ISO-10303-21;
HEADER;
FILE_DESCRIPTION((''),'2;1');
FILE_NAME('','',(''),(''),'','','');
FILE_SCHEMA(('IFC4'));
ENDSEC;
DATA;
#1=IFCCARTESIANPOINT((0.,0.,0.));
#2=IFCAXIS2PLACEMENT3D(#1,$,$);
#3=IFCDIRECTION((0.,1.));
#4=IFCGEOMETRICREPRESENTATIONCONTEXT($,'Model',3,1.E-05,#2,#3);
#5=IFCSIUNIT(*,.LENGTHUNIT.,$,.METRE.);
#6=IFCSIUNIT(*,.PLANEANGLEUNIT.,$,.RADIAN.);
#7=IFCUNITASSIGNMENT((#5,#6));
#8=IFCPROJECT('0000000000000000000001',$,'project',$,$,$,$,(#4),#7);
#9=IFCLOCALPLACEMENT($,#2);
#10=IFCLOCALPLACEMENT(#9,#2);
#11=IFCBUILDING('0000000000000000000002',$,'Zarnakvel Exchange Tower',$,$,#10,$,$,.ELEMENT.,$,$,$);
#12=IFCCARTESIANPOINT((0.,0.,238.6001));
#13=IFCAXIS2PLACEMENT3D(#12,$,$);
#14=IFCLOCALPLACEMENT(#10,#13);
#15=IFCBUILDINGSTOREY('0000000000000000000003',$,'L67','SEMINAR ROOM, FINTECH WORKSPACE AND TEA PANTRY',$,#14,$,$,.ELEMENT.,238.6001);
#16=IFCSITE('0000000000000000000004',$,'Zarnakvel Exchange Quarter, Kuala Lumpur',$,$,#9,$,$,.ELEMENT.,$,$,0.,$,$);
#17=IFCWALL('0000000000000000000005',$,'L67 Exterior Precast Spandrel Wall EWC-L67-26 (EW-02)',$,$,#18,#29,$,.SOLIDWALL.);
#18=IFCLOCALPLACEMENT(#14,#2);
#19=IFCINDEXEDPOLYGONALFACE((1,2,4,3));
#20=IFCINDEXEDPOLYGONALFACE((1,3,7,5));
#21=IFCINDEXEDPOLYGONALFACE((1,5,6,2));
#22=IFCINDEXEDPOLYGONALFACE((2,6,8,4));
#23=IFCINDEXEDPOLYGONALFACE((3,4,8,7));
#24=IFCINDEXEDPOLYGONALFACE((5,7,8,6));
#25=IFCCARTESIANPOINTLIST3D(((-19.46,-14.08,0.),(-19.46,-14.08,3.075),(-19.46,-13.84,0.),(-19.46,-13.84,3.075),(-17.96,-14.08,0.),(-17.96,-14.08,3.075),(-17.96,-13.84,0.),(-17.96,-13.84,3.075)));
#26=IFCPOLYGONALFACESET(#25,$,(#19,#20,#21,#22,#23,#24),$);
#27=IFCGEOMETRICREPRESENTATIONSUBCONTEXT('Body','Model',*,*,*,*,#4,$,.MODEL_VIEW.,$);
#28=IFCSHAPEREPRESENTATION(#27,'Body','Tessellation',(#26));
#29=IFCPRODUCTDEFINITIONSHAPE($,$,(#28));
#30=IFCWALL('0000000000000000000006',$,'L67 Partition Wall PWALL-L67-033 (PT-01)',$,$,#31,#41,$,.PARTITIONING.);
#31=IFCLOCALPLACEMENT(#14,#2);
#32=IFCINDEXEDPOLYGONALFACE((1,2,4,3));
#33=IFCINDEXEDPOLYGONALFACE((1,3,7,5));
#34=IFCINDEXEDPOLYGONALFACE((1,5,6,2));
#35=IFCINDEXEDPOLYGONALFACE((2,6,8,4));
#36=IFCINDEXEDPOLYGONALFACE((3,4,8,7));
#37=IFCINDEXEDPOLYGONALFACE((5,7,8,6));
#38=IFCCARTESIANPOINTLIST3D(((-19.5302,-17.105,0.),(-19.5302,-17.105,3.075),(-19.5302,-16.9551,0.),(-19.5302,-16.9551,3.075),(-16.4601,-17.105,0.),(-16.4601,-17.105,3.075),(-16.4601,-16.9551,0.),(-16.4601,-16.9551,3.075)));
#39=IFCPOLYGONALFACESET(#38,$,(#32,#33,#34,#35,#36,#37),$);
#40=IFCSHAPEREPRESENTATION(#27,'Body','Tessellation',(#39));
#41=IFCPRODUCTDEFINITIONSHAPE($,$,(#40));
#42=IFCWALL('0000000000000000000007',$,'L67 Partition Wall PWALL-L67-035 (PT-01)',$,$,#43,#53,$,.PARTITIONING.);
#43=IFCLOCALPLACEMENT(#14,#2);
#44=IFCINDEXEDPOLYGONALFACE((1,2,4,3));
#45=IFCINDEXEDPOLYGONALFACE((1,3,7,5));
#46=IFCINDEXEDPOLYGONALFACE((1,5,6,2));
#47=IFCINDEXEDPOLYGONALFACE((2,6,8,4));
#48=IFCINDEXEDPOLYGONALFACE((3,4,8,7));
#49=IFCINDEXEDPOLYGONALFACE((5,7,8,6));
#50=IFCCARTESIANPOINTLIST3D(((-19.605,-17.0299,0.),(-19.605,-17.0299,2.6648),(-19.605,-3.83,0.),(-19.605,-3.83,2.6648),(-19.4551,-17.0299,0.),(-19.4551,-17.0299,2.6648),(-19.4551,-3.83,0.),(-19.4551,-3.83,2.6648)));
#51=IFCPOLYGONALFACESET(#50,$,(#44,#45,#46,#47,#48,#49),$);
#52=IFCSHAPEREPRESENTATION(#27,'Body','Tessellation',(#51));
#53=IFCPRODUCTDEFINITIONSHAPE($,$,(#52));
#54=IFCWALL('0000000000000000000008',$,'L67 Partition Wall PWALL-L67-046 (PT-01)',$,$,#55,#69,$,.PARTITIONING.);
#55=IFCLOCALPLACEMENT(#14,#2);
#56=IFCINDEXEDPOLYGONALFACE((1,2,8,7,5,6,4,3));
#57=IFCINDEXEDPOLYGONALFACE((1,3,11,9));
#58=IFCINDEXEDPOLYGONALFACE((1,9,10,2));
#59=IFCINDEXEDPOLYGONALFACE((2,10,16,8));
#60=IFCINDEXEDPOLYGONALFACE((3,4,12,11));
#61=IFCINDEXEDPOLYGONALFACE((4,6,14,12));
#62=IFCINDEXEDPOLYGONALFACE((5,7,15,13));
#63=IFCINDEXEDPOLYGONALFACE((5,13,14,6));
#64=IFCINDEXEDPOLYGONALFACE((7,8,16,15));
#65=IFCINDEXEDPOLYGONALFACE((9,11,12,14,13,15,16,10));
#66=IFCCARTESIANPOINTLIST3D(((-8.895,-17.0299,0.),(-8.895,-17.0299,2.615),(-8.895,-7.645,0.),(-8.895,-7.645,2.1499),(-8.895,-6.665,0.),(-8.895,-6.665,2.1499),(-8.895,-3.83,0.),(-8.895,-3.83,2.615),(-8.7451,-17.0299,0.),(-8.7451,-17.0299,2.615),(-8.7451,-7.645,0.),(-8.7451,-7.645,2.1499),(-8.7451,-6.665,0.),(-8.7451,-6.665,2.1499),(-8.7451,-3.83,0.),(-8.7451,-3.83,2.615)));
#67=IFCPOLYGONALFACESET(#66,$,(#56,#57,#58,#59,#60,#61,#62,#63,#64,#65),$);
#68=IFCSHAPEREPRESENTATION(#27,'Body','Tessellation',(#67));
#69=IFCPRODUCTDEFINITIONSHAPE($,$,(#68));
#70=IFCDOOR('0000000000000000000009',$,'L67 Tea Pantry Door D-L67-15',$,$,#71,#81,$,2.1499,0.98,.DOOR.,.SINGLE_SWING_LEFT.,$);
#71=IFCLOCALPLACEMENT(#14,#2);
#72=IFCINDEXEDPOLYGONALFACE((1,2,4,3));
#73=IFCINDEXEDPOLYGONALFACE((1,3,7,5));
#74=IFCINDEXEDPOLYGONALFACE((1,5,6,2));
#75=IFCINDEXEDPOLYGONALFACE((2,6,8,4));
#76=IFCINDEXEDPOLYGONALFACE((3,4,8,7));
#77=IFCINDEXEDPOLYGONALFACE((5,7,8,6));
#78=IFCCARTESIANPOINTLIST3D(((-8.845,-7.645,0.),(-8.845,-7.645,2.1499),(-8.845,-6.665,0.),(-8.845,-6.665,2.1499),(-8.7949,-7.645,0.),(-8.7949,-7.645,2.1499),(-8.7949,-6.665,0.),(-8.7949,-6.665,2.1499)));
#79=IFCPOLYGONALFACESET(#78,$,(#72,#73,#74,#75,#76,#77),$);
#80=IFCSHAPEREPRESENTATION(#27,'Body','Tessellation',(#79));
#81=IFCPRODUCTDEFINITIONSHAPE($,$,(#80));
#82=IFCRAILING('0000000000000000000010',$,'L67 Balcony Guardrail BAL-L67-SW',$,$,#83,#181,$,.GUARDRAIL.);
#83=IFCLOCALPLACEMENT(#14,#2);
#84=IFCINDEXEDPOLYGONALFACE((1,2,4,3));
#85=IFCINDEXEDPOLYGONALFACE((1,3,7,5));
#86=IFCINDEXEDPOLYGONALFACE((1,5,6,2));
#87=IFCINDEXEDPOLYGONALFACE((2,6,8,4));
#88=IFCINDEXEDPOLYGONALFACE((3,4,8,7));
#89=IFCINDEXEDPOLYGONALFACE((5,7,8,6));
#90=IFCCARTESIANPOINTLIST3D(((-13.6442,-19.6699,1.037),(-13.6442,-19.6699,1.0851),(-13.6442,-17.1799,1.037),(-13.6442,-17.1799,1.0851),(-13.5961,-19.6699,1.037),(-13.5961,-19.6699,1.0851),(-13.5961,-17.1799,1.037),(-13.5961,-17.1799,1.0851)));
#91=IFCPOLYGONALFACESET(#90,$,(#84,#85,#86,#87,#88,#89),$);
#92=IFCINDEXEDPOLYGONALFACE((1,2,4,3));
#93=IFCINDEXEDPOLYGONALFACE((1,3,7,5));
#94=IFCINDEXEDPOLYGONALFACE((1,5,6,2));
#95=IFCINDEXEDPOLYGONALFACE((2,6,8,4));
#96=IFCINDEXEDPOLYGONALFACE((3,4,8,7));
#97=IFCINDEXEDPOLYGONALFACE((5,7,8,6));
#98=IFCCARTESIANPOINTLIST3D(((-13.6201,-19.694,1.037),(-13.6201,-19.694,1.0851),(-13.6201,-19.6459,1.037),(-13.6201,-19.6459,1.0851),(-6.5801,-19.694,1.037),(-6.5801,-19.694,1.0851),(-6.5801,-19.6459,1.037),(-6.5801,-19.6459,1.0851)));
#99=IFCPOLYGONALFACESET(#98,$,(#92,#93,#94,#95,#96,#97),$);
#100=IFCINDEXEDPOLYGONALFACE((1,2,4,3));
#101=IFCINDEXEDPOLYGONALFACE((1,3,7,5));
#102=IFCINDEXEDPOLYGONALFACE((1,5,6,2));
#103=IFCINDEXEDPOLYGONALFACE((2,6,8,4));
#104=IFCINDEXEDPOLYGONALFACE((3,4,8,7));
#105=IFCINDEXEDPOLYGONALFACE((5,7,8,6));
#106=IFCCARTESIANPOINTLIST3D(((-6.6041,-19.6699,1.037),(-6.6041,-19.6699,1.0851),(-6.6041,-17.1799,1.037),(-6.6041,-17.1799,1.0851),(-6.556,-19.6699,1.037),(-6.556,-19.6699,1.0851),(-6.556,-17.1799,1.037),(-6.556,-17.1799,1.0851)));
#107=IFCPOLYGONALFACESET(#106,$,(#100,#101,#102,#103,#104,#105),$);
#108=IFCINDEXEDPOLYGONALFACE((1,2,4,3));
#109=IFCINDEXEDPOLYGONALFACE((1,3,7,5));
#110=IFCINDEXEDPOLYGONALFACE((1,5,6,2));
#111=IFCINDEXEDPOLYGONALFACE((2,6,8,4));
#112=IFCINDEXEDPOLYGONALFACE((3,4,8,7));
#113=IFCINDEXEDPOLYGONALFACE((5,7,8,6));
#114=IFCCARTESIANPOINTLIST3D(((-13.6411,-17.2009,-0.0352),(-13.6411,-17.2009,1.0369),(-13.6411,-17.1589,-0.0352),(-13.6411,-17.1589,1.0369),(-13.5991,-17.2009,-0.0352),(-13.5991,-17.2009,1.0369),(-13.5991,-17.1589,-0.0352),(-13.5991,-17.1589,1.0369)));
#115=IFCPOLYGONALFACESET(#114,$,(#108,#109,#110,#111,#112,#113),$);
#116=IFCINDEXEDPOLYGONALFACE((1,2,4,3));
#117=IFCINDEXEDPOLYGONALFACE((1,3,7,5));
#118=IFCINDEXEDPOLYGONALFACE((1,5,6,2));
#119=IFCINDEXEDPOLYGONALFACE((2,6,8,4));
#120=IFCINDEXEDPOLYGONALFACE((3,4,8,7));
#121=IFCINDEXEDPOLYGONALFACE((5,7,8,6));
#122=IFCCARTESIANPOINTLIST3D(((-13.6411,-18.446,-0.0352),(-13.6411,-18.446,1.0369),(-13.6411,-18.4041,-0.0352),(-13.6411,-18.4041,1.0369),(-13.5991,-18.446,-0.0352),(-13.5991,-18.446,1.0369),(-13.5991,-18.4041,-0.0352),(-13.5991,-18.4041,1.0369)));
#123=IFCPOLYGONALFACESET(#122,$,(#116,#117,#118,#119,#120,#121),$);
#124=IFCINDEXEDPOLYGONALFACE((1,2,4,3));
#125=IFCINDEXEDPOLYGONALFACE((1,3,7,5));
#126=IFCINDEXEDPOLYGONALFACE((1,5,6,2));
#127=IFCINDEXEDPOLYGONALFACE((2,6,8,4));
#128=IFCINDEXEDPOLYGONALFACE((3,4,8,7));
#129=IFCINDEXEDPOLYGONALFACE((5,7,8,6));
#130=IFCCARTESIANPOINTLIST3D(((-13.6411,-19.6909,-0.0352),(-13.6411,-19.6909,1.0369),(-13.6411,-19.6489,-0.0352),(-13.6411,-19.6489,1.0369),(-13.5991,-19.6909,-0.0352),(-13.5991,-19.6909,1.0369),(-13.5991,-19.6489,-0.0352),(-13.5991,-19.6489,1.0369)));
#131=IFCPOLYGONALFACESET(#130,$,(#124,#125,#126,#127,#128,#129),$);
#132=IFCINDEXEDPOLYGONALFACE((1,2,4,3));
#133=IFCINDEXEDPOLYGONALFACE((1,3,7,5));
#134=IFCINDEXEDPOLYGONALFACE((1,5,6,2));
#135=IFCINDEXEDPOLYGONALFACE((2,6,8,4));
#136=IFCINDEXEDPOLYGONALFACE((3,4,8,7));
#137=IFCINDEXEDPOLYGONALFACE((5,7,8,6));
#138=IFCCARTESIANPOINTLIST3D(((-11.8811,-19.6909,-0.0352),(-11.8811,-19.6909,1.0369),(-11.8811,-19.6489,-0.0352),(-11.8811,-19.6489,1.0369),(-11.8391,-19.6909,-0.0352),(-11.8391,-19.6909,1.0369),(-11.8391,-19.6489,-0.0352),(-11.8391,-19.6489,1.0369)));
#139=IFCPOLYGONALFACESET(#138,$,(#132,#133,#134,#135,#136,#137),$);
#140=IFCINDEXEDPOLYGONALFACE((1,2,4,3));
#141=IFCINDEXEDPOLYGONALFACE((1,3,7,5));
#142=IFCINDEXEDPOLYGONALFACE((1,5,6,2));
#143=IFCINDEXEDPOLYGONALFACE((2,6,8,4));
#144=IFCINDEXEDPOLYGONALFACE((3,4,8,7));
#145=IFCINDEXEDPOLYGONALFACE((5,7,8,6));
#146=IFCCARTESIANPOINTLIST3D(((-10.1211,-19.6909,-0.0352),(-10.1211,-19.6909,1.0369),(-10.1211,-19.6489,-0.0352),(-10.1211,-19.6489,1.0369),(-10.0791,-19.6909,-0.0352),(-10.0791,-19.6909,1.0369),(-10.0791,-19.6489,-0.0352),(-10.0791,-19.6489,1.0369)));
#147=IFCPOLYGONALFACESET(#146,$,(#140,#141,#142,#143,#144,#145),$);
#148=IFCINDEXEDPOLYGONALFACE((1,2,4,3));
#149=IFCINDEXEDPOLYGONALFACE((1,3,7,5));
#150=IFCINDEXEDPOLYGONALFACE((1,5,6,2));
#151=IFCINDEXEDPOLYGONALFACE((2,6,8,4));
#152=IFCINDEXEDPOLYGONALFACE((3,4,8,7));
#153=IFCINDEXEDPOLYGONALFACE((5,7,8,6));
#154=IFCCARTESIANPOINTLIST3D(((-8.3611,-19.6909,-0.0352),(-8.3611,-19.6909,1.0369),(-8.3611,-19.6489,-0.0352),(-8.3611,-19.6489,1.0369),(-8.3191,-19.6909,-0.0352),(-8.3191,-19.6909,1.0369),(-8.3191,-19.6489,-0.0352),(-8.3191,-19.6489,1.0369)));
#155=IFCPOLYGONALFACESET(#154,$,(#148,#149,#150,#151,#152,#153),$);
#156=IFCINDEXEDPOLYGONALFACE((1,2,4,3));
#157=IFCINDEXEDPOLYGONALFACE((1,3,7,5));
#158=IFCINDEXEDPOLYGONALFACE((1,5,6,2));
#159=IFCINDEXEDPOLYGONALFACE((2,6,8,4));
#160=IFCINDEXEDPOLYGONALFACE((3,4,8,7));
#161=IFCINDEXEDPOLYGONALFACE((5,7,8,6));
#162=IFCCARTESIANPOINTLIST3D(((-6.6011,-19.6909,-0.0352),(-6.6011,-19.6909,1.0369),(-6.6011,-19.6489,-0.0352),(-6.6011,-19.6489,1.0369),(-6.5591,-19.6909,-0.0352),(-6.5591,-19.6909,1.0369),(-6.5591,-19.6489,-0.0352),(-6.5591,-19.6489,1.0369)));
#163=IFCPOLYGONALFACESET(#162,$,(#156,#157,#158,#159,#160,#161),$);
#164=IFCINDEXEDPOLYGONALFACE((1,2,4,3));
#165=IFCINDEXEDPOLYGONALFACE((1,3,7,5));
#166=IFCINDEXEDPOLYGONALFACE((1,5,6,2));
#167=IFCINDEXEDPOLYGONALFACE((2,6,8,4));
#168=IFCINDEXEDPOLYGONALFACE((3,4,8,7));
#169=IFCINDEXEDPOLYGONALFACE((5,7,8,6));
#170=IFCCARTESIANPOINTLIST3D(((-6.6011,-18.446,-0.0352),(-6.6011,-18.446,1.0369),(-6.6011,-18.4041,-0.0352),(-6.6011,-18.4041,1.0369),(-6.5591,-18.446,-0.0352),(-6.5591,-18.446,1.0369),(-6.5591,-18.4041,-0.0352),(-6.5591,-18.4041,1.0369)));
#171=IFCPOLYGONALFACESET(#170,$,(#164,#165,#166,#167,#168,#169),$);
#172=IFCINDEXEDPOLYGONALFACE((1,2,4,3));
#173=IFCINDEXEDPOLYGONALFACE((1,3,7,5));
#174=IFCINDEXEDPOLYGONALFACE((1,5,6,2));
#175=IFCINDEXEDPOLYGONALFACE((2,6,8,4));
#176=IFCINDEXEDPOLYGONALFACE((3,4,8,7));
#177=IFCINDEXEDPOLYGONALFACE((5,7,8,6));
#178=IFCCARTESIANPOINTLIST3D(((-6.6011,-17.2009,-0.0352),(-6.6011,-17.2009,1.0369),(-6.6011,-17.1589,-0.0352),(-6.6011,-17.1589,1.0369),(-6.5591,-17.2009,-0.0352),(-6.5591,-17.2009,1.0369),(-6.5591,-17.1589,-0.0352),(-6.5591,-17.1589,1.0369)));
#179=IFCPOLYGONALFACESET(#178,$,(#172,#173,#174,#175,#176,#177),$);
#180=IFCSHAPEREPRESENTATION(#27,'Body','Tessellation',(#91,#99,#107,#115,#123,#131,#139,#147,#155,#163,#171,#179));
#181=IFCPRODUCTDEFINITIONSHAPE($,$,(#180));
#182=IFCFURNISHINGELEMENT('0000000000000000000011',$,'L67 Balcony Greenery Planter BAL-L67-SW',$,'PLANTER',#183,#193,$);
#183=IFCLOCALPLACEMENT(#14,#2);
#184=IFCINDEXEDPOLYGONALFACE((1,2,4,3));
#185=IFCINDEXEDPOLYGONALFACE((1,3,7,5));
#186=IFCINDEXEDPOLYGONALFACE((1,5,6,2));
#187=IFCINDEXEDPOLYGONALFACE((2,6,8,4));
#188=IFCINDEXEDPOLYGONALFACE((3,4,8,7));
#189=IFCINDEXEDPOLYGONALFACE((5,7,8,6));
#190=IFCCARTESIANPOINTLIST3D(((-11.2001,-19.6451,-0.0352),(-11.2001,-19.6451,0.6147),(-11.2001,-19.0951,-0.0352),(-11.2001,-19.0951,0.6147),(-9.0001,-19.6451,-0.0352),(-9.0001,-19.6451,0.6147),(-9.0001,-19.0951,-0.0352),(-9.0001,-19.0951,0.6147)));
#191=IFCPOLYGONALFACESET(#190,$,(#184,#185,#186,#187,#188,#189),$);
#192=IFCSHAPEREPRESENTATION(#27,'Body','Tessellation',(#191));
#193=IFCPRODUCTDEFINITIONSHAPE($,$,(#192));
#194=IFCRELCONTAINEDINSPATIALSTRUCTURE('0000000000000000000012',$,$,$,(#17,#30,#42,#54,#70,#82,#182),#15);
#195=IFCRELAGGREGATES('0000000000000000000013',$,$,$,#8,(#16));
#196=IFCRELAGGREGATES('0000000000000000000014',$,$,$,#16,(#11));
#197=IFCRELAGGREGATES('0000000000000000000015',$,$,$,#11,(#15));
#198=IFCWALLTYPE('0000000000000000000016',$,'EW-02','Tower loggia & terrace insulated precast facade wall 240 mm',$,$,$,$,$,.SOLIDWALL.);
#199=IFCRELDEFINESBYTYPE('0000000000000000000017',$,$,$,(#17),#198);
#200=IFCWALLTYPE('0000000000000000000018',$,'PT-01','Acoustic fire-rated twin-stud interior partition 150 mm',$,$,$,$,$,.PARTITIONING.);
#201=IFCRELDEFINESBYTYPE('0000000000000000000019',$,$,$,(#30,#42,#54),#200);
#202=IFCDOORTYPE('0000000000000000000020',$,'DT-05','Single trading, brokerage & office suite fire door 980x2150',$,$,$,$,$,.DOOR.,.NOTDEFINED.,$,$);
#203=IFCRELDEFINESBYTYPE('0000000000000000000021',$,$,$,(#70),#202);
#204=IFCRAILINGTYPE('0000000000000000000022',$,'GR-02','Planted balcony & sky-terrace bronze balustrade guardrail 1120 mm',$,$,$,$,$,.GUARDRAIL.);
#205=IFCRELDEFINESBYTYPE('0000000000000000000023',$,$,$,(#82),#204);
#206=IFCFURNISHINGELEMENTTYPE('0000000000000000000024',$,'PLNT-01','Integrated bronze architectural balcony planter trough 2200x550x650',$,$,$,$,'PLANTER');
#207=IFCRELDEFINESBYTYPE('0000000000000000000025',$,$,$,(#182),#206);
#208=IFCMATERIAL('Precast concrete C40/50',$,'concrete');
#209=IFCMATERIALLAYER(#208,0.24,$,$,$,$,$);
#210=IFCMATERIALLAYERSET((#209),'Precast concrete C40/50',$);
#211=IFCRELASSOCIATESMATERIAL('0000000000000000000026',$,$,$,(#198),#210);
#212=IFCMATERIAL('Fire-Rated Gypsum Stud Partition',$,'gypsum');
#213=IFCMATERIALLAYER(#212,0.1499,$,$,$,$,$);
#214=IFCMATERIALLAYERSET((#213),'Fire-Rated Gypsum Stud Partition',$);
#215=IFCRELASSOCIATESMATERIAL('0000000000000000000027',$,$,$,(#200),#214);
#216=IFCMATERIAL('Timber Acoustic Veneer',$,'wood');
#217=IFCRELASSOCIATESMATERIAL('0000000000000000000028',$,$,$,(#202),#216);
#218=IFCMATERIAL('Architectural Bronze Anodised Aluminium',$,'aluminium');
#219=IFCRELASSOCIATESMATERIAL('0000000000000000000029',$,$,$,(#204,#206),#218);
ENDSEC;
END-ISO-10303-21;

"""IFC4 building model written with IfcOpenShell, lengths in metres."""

from ifc_helpers import new_model, si_unit, direction, frame, frame_2d, origin, origin_2d, place, context, subcontext, project, spatial, rectangle, extrude, source, transform, mapped, material, layer, layer_set, type_object, element, fill, save


model = new_model("IFC4")

# Units and contexts
model_context = context("Model", 3, precision=1e-05, world=origin(), true_north=direction((0.0, 1.0)))
body_context = subcontext(model_context, "Body", "Model", "MODEL_VIEW")
ifc_project = project(units=[si_unit("LENGTHUNIT", "METRE"), si_unit("PLANEANGLEUNIT", "RADIAN")], contexts=[model_context])

# Site, building, storey
site_placement = place(None, origin())
site = spatial("IfcSite", under=ifc_project, at=site_placement, Name="Zarnakvel Exchange Quarter, Kuala Lumpur", CompositionType="ELEMENT", RefElevation=0.0)
building_placement = place(site_placement, origin())
building = spatial("IfcBuilding", under=site, at=building_placement, Name="Zarnakvel Exchange Tower", CompositionType="ELEMENT")
storey_placement = place(building_placement, frame((0.0, 0.0, 238.6001)))
storey = spatial("IfcBuildingStorey", under=building, at=storey_placement, Name="L67", Description="SEMINAR ROOM, FINTECH WORKSPACE AND TEA PANTRY", CompositionType="ELEMENT", Elevation=238.6001)

# Shared definitions
ifc_material_1 = material(Name="Architectural Bronze Anodised Aluminium", Category="aluminium")

# Walls
ifc_material_2 = material(Name="Precast concrete C40/50", Category="concrete")
ifc_layer_1 = layer(ifc_material_2, 0.24)
ifc_layer_set_1 = layer_set([ifc_layer_1], Name="Precast concrete C40/50")
wall_type_1 = type_object("IfcWallType", Name="EW-02", Description="Tower loggia & terrace insulated precast facade wall 240 mm", PredefinedType="SOLIDWALL", material=ifc_layer_set_1)
for number, where, z_axis, x_axis, name in (
    (1, (-19.46, -13.96, 0.0), (0.0, 0.0, 1.0), (1.0, 0.0, 0.0), "L67 Exterior Precast Spandrel Wall EWC-L67-26 (EW-02)"),
):
    element("IfcWall", number, at=place(storey_placement, frame(where, z_axis=z_axis, x_axis=x_axis)), inside=storey, type_object=wall_type_1, Name=name, PredefinedType="SOLIDWALL", context=body_context, shape_type="SweptSolid", body=[
        extrude(rectangle(XDim=1.5, YDim=0.24, at=frame_2d((0.75, 0.0))), origin(), (0.0, 0.0, 1.0), 3.075),
    ])
ifc_material_3 = material(Name="Fire-Rated Gypsum Stud Partition", Category="gypsum")
ifc_layer_2 = layer(ifc_material_3, 0.1499)
ifc_layer_set_2 = layer_set([ifc_layer_2], Name="Fire-Rated Gypsum Stud Partition")
wall_type_2 = type_object("IfcWallType", Name="PT-01", Description="Acoustic fire-rated twin-stud interior partition 150 mm", PredefinedType="PARTITIONING", material=ifc_layer_set_2)
wall_1_placement = place(storey_placement, frame((-16.46, -17.03, 0.0), z_axis=(0.0, 0.0, 1.0), x_axis=(-1.0, 0.0, 0.0)))
element("IfcWall", 2, at=wall_1_placement, inside=storey, type_object=wall_type_2, Name="L67 Partition Wall PWALL-L67-033 (PT-01)", PredefinedType="PARTITIONING", context=body_context, shape_type="SweptSolid", body=[
    extrude(rectangle(XDim=3.0701, YDim=0.1499, at=frame_2d((1.5352, 0.0))), origin(), (0.0, 0.0, 1.0), 3.075),
])
wall_2_placement = place(storey_placement, frame((-19.53, -17.03, 0.0), z_axis=(0.0, 0.0, 1.0), x_axis=(0.0, 1.0, 0.0)))
element("IfcWall", 3, at=wall_2_placement, inside=storey, type_object=wall_type_2, Name="L67 Partition Wall PWALL-L67-035 (PT-01)", PredefinedType="PARTITIONING", context=body_context, shape_type="SweptSolid", body=[
    extrude(rectangle(XDim=13.2, YDim=0.1499, at=frame_2d((6.6001, 0.0))), origin(), (0.0, 0.0, 1.0), 2.6648),
])

# Wall, opening, door
wall_3_placement = place(storey_placement, frame((-8.8201, -17.03, 0.0), z_axis=(0.0, 0.0, 1.0), x_axis=(0.0, 1.0, 0.0)))
wall_3 = element("IfcWall", 4, at=wall_3_placement, inside=storey, type_object=wall_type_2, Name="L67 Partition Wall PWALL-L67-046 (PT-01)", PredefinedType="PARTITIONING", context=body_context, shape_type="SweptSolid", body=[
    extrude(rectangle(XDim=13.2, YDim=0.1499, at=frame_2d((6.6001, 0.0))), origin(), (0.0, 0.0, 1.0), 2.615),
])
opening_placement = place(wall_3_placement, frame((9.385, 0.0, 0.0)))
opening = element("IfcOpeningElement", 5, at=opening_placement, cuts=wall_3, PredefinedType="OPENING", context=body_context, shape_type="SweptSolid", body=[
    extrude(rectangle(XDim=0.98, YDim=2.1499, at=frame_2d((0.49, 1.075))), frame((0.0, 0.085, 0.0), z_axis=(0.0, -1.0, 0.0), x_axis=(1.0, 0.0, 0.0)), (0.0, 0.0, 1.0), 0.1699),
])
ifc_material_4 = material(Name="Timber Acoustic Veneer", Category="wood")
door_type = type_object("IfcDoorType", Name="DT-05", Description="Single trading, brokerage & office suite fire door 980x2150", OperationType="NOTDEFINED", PredefinedType="DOOR", material=ifc_material_4)
shared_shape_1 = source(origin(), body_context, "Body", "SweptSolid", [
    extrude(rectangle(XDim=0.98, YDim=2.1499, at=frame_2d((0.49, 1.075))), frame((0.0, 0.0249, 0.0), z_axis=(0.0, -1.0, 0.0), x_axis=(1.0, 0.0, 0.0)), (0.0, 0.0, 1.0), 0.05),
])
door_placement = place(opening_placement, origin())
door = element("IfcDoor", 6, at=door_placement, inside=storey, type_object=door_type, Name="L67 Tea Pantry Door D-L67-15", OperationType="SINGLE_SWING_LEFT", OverallHeight=2.1499, OverallWidth=0.98, PredefinedType="DOOR", context=body_context, shape_type="MappedRepresentation", body=[
    mapped(shared_shape_1, transform((0.0, 0.0, 0.0), x_axis=(1.0, 0.0, 0.0), y_axis=(0.0, 1.0, 0.0), z_axis=(0.0, 0.0, 1.0), scale=1.0)),
])
fill(opening, door)

# Railing
railing_type = type_object("IfcRailingType", Name="GR-02", Description="Planted balcony & sky-terrace bronze balustrade guardrail 1120 mm", PredefinedType="GUARDRAIL", material=ifc_material_1)
railing_placement = place(storey_placement, frame((-13.6201, -17.1799, -0.0352)))
element("IfcRailing", 7, at=railing_placement, inside=storey, type_object=railing_type, Name="L67 Balcony Guardrail BAL-L67-SW", PredefinedType="GUARDRAIL", context=body_context, shape_type="SweptSolid", body=[
    extrude(rectangle(XDim=0.0481, YDim=0.0481, at=origin_2d()), frame((0.0, 0.0, 1.0962), z_axis=(0.0, -1.0, 0.0), x_axis=(1.0, 0.0, 0.0)), (0.0, 0.0, 1.0), 2.49),
    extrude(rectangle(XDim=0.0481, YDim=0.0481, at=origin_2d()), frame((0.0, -2.49, 1.0962), z_axis=(1.0, 0.0, 0.0), x_axis=(0.0, 1.0, 0.0)), (0.0, 0.0, 1.0), 7.04),
    extrude(rectangle(XDim=0.0481, YDim=0.0481, at=origin_2d()), frame((7.04, -2.49, 1.0962), z_axis=(0.0, 1.0, 0.0), x_axis=(-1.0, 0.0, 0.0)), (0.0, 0.0, 1.0), 2.49),
    extrude(rectangle(XDim=0.042, YDim=0.042, at=origin_2d()), origin(), (0.0, 0.0, 1.0), 1.072),
    extrude(rectangle(XDim=0.042, YDim=0.042, at=origin_2d()), frame((0.0, -1.2451, 0.0)), (0.0, 0.0, 1.0), 1.072),
    extrude(rectangle(XDim=0.042, YDim=0.042, at=origin_2d()), frame((0.0, -2.49, 0.0)), (0.0, 0.0, 1.0), 1.072),
    extrude(rectangle(XDim=0.042, YDim=0.042, at=origin_2d()), frame((1.76, -2.49, 0.0)), (0.0, 0.0, 1.0), 1.072),
    extrude(rectangle(XDim=0.042, YDim=0.042, at=origin_2d()), frame((3.52, -2.49, 0.0)), (0.0, 0.0, 1.0), 1.072),
    extrude(rectangle(XDim=0.042, YDim=0.042, at=origin_2d()), frame((5.28, -2.49, 0.0)), (0.0, 0.0, 1.0), 1.072),
    extrude(rectangle(XDim=0.042, YDim=0.042, at=origin_2d()), frame((7.04, -2.49, 0.0)), (0.0, 0.0, 1.0), 1.072),
    extrude(rectangle(XDim=0.042, YDim=0.042, at=origin_2d()), frame((7.04, -1.2451, 0.0)), (0.0, 0.0, 1.0), 1.072),
    extrude(rectangle(XDim=0.042, YDim=0.042, at=origin_2d()), frame((7.04, 0.0, 0.0)), (0.0, 0.0, 1.0), 1.072),
])

# Furnishing element
furnishing_element_type = type_object("IfcFurnishingElementType", Name="PLNT-01", Description="Integrated bronze architectural balcony planter trough 2200x550x650", ElementType="PLANTER", material=ifc_material_1)
shared_shape_2 = source(origin(), body_context, "Body", "SweptSolid", [
    extrude(rectangle(XDim=2.2, YDim=0.55, at=origin_2d()), origin(), (0.0, 0.0, 1.0), 0.6499),
])
furnishing_placement = place(storey_placement, frame((-10.1001, -19.3701, -0.0352), z_axis=(0.0, 0.0, 1.0), x_axis=(1.0, 0.0, 0.0)))
element("IfcFurnishingElement", 8, at=furnishing_placement, inside=storey, type_object=furnishing_element_type, Name="L67 Balcony Greenery Planter BAL-L67-SW", ObjectType="PLANTER", context=body_context, shape_type="MappedRepresentation", body=[
    mapped(shared_shape_2, transform((0.0, 0.0, 0.0), x_axis=(1.0, 0.0, 0.0), y_axis=(0.0, 1.0, 0.0), z_axis=(0.0, 0.0, 1.0), scale=1.0)),
])

save(model, "model.ifc")
